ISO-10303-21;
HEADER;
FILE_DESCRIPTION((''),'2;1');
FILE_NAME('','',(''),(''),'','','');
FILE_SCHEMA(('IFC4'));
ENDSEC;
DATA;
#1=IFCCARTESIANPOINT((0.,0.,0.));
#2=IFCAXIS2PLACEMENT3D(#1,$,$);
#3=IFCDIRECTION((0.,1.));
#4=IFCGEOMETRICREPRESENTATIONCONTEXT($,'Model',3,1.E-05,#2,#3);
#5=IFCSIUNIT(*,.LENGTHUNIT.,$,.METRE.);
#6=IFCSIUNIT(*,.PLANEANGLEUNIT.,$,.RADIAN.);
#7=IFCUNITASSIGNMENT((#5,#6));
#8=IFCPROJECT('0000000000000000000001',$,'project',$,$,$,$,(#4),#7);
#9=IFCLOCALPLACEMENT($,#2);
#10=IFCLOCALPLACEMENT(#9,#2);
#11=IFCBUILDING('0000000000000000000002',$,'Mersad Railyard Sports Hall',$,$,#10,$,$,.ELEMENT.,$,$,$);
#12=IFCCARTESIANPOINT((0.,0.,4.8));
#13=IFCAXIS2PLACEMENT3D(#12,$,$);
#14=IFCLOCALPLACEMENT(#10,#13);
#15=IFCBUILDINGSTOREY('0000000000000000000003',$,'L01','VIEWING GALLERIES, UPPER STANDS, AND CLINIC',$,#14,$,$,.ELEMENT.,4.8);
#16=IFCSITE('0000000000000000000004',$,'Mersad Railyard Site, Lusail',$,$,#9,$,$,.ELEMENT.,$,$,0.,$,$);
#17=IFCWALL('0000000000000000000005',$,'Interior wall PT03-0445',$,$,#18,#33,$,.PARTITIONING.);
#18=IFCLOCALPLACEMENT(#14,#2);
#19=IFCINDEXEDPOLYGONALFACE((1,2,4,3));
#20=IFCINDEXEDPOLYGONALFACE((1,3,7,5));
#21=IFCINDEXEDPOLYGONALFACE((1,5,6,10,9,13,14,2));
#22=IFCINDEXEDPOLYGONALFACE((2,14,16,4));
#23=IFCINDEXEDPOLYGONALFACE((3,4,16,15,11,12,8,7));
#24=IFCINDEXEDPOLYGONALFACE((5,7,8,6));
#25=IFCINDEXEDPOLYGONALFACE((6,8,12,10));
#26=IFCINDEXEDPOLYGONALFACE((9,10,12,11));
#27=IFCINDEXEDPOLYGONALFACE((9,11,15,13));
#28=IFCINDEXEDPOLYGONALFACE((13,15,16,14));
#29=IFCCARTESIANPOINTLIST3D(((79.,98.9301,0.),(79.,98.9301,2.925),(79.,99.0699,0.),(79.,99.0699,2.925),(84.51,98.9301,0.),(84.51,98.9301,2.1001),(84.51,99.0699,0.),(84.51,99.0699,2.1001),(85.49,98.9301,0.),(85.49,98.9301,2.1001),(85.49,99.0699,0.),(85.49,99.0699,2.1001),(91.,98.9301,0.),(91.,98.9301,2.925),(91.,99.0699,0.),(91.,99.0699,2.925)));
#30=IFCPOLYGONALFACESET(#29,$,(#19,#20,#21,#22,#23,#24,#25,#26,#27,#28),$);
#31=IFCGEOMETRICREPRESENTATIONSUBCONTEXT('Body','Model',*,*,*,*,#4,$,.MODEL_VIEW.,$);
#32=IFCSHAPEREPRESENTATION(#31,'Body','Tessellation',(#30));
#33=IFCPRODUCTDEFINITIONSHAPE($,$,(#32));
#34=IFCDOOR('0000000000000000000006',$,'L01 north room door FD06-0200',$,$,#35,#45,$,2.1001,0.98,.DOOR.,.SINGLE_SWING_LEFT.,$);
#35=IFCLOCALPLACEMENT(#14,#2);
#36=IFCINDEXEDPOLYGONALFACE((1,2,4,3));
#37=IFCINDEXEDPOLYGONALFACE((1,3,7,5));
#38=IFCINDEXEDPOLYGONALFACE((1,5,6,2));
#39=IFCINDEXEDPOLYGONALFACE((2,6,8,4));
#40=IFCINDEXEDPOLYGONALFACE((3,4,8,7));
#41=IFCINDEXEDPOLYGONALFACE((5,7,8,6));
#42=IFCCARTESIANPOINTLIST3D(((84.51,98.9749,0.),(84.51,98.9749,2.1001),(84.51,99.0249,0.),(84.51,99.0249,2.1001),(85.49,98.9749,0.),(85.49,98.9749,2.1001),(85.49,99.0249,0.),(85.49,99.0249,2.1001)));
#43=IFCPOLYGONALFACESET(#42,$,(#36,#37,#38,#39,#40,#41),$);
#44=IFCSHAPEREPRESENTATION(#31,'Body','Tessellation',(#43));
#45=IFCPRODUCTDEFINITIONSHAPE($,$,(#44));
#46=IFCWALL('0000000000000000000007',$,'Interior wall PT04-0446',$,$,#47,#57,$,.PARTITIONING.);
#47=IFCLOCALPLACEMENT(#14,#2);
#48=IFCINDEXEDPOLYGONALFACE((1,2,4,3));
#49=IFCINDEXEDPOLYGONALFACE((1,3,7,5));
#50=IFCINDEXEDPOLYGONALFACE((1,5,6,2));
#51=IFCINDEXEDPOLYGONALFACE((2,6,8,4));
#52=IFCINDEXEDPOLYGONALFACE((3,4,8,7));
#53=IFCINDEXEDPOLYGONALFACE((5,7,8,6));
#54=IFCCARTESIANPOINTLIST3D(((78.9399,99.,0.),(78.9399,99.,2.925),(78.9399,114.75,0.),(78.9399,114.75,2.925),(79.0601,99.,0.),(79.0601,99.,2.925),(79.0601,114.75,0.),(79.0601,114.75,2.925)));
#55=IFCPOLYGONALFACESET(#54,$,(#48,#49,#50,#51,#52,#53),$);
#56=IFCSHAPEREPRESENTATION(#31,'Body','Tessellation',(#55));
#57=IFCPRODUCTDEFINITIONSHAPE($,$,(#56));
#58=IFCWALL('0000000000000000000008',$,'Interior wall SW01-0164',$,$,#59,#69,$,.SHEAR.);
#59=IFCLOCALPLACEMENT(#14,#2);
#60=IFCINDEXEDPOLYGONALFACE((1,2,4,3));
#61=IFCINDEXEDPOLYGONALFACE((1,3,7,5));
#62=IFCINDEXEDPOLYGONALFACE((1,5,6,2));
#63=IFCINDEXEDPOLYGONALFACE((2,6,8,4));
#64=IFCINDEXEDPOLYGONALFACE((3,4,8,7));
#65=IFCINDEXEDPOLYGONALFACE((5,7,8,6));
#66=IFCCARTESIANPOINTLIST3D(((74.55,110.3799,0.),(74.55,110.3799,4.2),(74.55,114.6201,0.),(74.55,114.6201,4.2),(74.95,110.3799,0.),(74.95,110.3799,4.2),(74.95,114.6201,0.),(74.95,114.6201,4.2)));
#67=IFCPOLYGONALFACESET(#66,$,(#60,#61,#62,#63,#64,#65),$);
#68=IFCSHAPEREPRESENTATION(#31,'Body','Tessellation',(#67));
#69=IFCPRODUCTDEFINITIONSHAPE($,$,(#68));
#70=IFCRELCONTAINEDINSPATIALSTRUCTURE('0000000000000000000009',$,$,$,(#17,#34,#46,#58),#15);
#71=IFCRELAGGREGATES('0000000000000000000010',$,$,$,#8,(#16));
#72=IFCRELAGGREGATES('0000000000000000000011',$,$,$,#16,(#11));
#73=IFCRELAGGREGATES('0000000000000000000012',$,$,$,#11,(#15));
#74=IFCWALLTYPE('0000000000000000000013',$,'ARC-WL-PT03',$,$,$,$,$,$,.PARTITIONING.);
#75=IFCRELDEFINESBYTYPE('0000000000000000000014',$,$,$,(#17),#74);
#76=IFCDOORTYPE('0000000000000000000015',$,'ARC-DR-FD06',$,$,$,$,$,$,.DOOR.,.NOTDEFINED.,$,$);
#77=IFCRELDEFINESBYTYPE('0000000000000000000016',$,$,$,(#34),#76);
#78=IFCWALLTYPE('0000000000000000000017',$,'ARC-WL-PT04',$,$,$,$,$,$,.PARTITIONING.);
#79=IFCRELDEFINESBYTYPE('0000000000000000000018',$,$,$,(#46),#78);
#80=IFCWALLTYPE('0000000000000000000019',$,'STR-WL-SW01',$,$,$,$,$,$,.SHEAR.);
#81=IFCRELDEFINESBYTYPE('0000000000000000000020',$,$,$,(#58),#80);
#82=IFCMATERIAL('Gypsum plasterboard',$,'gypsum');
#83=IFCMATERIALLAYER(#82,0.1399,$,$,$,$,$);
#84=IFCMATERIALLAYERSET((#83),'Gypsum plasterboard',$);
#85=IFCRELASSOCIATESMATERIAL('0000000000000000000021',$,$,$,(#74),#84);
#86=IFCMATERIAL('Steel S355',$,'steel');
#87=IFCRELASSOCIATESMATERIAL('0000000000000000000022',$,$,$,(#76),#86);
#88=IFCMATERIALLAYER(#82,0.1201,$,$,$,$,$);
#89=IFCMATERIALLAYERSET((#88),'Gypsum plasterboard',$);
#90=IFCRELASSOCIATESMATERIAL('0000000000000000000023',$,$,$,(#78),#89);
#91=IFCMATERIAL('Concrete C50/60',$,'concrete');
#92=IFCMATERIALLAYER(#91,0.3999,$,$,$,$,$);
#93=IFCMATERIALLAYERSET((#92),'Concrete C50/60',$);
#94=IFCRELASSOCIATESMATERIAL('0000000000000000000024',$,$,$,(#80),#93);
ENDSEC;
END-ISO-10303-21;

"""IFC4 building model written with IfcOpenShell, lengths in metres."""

from ifc_helpers import new_model, si_unit, direction, frame, frame_2d, origin, place, context, subcontext, project, spatial, rectangle, extrude, material, layer, layer_set, type_object, element, fill, save


model = new_model("IFC4")

# Units and contexts
model_context = context("Model", 3, precision=1e-05, world=origin(), true_north=direction((0.0, 1.0)))
body_context = subcontext(model_context, "Body", "Model", "MODEL_VIEW")
ifc_project = project(units=[si_unit("LENGTHUNIT", "METRE"), si_unit("PLANEANGLEUNIT", "RADIAN")], contexts=[model_context])

# Site, building, storey
site_placement = place(None, origin())
site = spatial("IfcSite", under=ifc_project, at=site_placement, Name="Mersad Railyard Site, Lusail", CompositionType="ELEMENT", RefElevation=0.0)
building_placement = place(site_placement, origin())
building = spatial("IfcBuilding", under=site, at=building_placement, Name="Mersad Railyard Sports Hall", CompositionType="ELEMENT")
storey_placement = place(building_placement, frame((0.0, 0.0, 4.8)))
storey = spatial("IfcBuildingStorey", under=building, at=storey_placement, Name="L01", Description="VIEWING GALLERIES, UPPER STANDS, AND CLINIC", CompositionType="ELEMENT", Elevation=4.8)

# Shared definitions
ifc_material_1 = material(Name="Concrete C50/60", Category="concrete")

# Shared definitions
ifc_material_2 = material(Name="Steel S355", Category="steel")

# Wall, opening, door
ifc_material_3 = material(Name="Gypsum plasterboard", Category="gypsum")
ifc_layer_1 = layer(ifc_material_3, 0.1399)
ifc_layer_set_1 = layer_set([ifc_layer_1], Name="Gypsum plasterboard")
wall_type_1 = type_object("IfcWallType", Name="ARC-WL-PT03", PredefinedType="PARTITIONING", material=ifc_layer_set_1)
wall_1_placement = place(storey_placement, frame((79.0, 99.0, 0.0), z_axis=(0.0, 0.0, 1.0), x_axis=(1.0, 0.0, 0.0)))
wall_1 = element("IfcWall", 1, at=wall_1_placement, inside=storey, type_object=wall_type_1, Name="Interior wall PT03-0445", PredefinedType="PARTITIONING", context=body_context, shape_type="SweptSolid", body=[
    extrude(rectangle(XDim=12.0, YDim=0.1399, at=frame_2d((6.0, 0.0))), origin(), (0.0, 0.0, 1.0), 2.925),
])
opening_1_placement = place(wall_1_placement, frame((5.51, 0.0, 0.0)))
opening_1 = element("IfcOpeningElement", 2, at=opening_1_placement, cuts=wall_1, PredefinedType="OPENING", context=body_context, shape_type="SweptSolid", body=[
    extrude(rectangle(XDim=0.98, YDim=2.1001, at=frame_2d((0.49, 1.05))), frame((0.0, 0.0798, 0.0), z_axis=(0.0, -1.0, 0.0), x_axis=(1.0, 0.0, 0.0)), (0.0, 0.0, 1.0), 0.1599),
])
door_type_1 = type_object("IfcDoorType", Name="ARC-DR-FD06", OperationType="NOTDEFINED", PredefinedType="DOOR", material=ifc_material_2)
door_1_placement = place(opening_1_placement, origin())
door_1 = element("IfcDoor", 3, at=door_1_placement, inside=storey, type_object=door_type_1, Name="L01 north room door FD06-0200", OperationType="SINGLE_SWING_LEFT", OverallHeight=2.1001, OverallWidth=0.98, PredefinedType="DOOR", context=body_context, shape_type="SweptSolid", body=[
    extrude(rectangle(XDim=0.98, YDim=2.1001, at=frame_2d((0.49, 1.05))), frame((0.0, 0.0249, 0.0), z_axis=(0.0, -1.0, 0.0), x_axis=(1.0, 0.0, 0.0)), (0.0, 0.0, 1.0), 0.05),
])
fill(opening_1, door_1)

# Wall
ifc_layer_2 = layer(ifc_material_3, 0.1201)
ifc_layer_set_2 = layer_set([ifc_layer_2], Name="Gypsum plasterboard")
wall_type_2 = type_object("IfcWallType", Name="ARC-WL-PT04", PredefinedType="PARTITIONING", material=ifc_layer_set_2)
wall_2_placement = place(storey_placement, frame((79.0, 99.0, 0.0), z_axis=(0.0, 0.0, 1.0), x_axis=(0.0, 1.0, 0.0)))
element("IfcWall", 4, at=wall_2_placement, inside=storey, type_object=wall_type_2, Name="Interior wall PT04-0446", PredefinedType="PARTITIONING", context=body_context, shape_type="SweptSolid", body=[
    extrude(rectangle(XDim=15.75, YDim=0.1201, at=frame_2d((7.875, 0.0))), origin(), (0.0, 0.0, 1.0), 2.925),
])

# Shared definitions
ifc_layer_3 = layer(ifc_material_1, 0.3999)
ifc_layer_set_3 = layer_set([ifc_layer_3], Name="Concrete C50/60")
wall_type_3 = type_object("IfcWallType", Name="STR-WL-SW01", PredefinedType="SHEAR", material=ifc_layer_set_3)

# Wall
wall_3_placement = place(storey_placement, frame((74.75, 110.3799, 0.0), z_axis=(0.0, 0.0, 1.0), x_axis=(0.0, 1.0, 0.0)))
element("IfcWall", 5, at=wall_3_placement, inside=storey, type_object=wall_type_3, Name="Interior wall SW01-0164", PredefinedType="SHEAR", context=body_context, shape_type="SweptSolid", body=[
    extrude(rectangle(XDim=4.2402, YDim=0.3999, at=frame_2d((2.1201, 0.0))), origin(), (0.0, 0.0, 1.0), 4.2),
])

save(model, "model.ifc")
